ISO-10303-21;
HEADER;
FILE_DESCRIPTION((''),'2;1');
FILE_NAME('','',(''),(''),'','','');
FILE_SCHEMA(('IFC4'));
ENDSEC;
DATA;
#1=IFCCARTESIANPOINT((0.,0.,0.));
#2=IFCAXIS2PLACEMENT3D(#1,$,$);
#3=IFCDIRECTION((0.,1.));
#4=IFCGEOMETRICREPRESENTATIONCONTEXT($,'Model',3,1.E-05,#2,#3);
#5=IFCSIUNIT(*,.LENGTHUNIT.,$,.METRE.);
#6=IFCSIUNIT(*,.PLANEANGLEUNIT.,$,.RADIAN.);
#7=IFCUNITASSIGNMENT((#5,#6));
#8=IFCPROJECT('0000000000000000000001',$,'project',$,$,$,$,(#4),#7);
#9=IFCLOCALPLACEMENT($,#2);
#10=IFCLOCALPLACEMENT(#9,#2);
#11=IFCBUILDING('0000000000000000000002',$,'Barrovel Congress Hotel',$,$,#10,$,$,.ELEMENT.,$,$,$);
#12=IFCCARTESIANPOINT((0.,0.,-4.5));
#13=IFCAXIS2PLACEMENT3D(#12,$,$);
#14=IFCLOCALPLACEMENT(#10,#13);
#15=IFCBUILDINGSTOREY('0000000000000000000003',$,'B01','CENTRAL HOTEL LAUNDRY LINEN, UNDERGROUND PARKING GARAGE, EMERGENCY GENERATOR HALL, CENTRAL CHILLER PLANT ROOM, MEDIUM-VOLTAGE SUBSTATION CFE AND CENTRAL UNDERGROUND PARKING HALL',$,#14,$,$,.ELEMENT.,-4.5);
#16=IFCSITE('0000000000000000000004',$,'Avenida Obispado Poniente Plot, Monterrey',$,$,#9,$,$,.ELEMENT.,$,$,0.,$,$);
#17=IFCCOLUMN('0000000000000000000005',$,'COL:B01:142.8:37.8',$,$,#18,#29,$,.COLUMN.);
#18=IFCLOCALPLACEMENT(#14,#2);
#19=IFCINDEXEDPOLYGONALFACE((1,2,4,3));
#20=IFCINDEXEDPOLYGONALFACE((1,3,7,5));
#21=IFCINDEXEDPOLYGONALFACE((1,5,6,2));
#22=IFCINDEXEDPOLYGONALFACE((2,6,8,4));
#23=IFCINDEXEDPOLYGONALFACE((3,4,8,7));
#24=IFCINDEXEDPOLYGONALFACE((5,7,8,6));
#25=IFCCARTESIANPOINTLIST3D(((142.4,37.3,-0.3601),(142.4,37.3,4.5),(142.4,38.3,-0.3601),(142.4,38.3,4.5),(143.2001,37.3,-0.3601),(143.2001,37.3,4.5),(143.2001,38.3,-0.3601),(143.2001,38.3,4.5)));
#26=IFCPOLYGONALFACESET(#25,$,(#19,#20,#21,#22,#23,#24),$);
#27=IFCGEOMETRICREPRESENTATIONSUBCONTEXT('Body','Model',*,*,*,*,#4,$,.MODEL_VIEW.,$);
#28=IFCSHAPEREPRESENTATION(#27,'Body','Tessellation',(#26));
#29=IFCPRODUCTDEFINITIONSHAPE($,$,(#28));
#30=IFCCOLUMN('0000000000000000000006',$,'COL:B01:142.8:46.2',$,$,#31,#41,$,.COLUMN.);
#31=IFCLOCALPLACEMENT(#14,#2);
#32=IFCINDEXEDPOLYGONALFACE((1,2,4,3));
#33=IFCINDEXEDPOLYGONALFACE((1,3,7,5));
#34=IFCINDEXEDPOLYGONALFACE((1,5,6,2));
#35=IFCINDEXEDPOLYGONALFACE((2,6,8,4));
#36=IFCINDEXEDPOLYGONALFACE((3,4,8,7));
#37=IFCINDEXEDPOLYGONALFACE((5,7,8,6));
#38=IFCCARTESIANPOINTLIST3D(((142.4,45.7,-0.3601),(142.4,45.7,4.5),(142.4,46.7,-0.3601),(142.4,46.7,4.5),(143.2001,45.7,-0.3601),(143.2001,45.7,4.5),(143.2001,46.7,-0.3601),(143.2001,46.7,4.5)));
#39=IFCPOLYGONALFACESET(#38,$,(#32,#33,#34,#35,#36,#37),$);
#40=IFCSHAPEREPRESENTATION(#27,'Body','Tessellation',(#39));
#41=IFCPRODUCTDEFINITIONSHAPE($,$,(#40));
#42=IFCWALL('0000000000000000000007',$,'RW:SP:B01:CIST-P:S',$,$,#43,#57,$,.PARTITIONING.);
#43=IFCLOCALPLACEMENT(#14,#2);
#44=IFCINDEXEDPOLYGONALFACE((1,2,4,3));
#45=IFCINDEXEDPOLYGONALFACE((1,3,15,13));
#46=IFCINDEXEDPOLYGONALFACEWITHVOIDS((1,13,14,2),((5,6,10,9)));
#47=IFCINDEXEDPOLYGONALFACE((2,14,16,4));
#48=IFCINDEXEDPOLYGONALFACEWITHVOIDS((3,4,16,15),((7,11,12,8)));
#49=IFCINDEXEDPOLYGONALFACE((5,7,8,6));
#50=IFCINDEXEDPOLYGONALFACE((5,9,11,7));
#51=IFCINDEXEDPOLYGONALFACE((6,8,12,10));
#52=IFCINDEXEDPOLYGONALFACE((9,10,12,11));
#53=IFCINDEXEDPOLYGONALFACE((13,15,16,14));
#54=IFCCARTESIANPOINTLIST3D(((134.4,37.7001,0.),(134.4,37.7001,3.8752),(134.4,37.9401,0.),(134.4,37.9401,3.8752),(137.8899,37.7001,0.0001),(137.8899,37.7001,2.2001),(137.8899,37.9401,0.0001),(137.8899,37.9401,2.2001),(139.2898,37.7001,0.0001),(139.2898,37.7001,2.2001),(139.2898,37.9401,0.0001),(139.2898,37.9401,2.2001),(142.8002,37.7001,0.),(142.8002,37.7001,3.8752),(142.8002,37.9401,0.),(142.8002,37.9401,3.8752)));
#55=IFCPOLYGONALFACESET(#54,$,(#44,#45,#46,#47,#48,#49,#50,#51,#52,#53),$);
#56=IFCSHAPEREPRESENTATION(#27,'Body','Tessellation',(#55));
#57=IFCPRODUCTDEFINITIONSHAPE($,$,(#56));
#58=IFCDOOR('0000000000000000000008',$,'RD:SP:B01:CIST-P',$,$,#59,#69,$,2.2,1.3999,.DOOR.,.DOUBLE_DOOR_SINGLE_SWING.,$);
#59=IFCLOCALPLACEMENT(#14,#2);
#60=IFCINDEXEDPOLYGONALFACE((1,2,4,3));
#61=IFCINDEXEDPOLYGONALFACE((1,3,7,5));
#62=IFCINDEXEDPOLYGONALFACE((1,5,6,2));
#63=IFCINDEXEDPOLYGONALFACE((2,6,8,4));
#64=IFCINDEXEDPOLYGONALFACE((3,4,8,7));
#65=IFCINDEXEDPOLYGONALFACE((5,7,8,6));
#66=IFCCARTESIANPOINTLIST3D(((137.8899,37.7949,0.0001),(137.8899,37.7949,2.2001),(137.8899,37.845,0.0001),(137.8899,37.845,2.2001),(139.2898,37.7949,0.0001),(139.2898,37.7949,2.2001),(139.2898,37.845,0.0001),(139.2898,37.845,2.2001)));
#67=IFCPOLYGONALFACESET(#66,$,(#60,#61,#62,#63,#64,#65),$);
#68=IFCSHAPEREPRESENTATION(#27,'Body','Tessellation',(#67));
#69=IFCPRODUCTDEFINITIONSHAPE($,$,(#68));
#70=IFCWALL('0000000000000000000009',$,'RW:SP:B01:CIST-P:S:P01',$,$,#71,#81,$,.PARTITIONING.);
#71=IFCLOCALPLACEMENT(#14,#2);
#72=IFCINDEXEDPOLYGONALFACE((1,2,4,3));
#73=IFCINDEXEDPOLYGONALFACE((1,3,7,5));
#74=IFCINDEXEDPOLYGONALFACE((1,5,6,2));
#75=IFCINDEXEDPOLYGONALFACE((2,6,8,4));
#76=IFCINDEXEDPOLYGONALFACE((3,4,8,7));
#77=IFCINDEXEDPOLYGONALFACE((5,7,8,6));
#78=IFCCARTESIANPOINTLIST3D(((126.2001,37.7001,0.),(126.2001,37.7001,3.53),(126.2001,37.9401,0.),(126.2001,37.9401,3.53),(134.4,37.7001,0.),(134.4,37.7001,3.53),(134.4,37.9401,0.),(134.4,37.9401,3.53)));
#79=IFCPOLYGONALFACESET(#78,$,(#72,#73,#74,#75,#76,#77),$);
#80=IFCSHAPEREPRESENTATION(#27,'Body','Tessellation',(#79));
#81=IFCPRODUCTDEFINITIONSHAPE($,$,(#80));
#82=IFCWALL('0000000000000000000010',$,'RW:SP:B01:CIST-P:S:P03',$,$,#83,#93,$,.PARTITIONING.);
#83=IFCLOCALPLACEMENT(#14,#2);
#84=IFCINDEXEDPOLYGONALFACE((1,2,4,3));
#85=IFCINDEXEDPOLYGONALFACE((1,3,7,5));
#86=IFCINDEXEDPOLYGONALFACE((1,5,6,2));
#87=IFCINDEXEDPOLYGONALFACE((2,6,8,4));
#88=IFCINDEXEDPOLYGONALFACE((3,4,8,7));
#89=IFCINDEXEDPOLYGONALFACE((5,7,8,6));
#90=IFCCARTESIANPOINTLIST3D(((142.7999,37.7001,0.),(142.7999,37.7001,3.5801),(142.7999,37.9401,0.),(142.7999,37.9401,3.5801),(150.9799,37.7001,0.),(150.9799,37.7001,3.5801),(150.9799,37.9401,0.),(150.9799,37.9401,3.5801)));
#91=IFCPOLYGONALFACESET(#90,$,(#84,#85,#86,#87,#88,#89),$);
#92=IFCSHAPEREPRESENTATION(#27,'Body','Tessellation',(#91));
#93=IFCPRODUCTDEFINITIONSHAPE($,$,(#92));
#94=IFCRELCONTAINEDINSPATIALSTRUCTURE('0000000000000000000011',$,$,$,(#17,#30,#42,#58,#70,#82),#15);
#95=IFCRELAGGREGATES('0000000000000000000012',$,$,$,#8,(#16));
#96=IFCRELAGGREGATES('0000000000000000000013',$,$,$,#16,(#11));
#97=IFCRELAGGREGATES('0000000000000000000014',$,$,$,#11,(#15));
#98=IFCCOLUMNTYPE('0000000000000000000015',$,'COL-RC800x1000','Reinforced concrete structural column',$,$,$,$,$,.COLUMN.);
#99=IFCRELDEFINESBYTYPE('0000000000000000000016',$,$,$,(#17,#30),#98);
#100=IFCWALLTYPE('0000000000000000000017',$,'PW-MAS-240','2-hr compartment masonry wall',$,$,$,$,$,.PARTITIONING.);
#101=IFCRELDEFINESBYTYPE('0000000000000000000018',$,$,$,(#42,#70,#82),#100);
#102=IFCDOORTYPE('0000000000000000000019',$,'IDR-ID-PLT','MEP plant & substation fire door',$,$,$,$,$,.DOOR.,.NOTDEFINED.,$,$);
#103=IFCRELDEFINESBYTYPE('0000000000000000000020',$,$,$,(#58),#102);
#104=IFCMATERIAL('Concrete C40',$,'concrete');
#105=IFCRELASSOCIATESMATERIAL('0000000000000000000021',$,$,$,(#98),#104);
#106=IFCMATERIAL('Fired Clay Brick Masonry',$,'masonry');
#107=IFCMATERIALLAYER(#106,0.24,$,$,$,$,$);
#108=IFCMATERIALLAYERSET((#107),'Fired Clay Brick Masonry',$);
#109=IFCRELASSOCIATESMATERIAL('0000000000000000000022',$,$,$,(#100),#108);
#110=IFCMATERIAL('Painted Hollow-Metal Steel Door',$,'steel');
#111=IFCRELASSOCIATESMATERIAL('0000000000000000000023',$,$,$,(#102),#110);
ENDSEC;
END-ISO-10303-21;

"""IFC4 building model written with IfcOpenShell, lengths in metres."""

from ifc_helpers import new_model, si_unit, direction, frame, frame_2d, origin, origin_2d, place, context, subcontext, project, spatial, rectangle, extrude, material, layer, layer_set, material_profile, profile_set, type_object, element, fill, save


model = new_model("IFC4")

# Units and contexts
model_context = context("Model", 3, precision=1e-05, world=origin(), true_north=direction((0.0, 1.0)))
body_context = subcontext(model_context, "Body", "Model", "MODEL_VIEW")
ifc_project = project(units=[si_unit("LENGTHUNIT", "METRE"), si_unit("PLANEANGLEUNIT", "RADIAN")], contexts=[model_context])

# Site, building, storey
site_placement = place(None, origin())
site = spatial("IfcSite", under=ifc_project, at=site_placement, Name="Avenida Obispado Poniente Plot, Monterrey", CompositionType="ELEMENT", RefElevation=0.0)
building_placement = place(site_placement, origin())
building = spatial("IfcBuilding", under=site, at=building_placement, Name="Barrovel Congress Hotel", CompositionType="ELEMENT")
storey_placement = place(building_placement, frame((0.0, 0.0, -4.5)))
storey = spatial("IfcBuildingStorey", under=building, at=storey_placement, Name="B01", Description="CENTRAL HOTEL LAUNDRY LINEN, UNDERGROUND PARKING GARAGE, EMERGENCY GENERATOR HALL, CENTRAL CHILLER PLANT ROOM, MEDIUM-VOLTAGE SUBSTATION CFE AND CENTRAL UNDERGROUND PARKING HALL", CompositionType="ELEMENT", Elevation=-4.5)

# Shared definitions
ifc_material_1 = material(Name="Concrete C40", Category="concrete")

# Columns
ifc_material_profile_1 = material_profile(ifc_material_1, rectangle(XDim=0.8, YDim=1.0, at=origin_2d()), Name="RC800x1000")
ifc_profile_set_1 = profile_set([ifc_material_profile_1], Name="Concrete C40")
column_type_1 = type_object("IfcColumnType", Name="COL-RC800x1000", Description="Reinforced concrete structural column", PredefinedType="COLUMN", material=ifc_profile_set_1)
for number, where, z_axis, x_axis, name in (
    (1, (142.8, 37.8, -0.3601), (0.0, 0.0, 1.0), (1.0, 0.0, 0.0), "COL:B01:142.8:37.8"),
    (2, (142.8, 46.2, -0.3601), (0.0, 0.0, 1.0), (1.0, 0.0, 0.0), "COL:B01:142.8:46.2"),
):
    element("IfcColumn", number, at=place(storey_placement, frame(where, z_axis=z_axis, x_axis=x_axis)), inside=storey, type_object=column_type_1, Name=name, PredefinedType="COLUMN", context=body_context, shape_type="SweptSolid", body=[
        extrude(rectangle(XDim=0.8, YDim=1.0, at=origin_2d()), origin(), (0.0, 0.0, 1.0), 4.8601),
    ])

# Wall, opening, door
ifc_material_2 = material(Name="Fired Clay Brick Masonry", Category="masonry")
ifc_layer = layer(ifc_material_2, 0.24)
ifc_layer_set = layer_set([ifc_layer], Name="Fired Clay Brick Masonry")
wall_type = type_object("IfcWallType", Name="PW-MAS-240", Description="2-hr compartment masonry wall", PredefinedType="PARTITIONING", material=ifc_layer_set)
wall_1_placement = place(storey_placement, frame((134.3999, 37.8201, 0.0), z_axis=(0.0, 0.0, 1.0), x_axis=(1.0, 0.0, 0.0)))
wall_1 = element("IfcWall", 3, at=wall_1_placement, inside=storey, type_object=wall_type, Name="RW:SP:B01:CIST-P:S", PredefinedType="PARTITIONING", context=body_context, shape_type="SweptSolid", body=[
    extrude(rectangle(XDim=8.4001, YDim=0.24, at=frame_2d((4.2002, 0.0))), origin(), (0.0, 0.0, 1.0), 3.8752),
])
opening_placement = place(wall_1_placement, frame((3.49, 0.0, 0.0)))
opening = element("IfcOpeningElement", 4, at=opening_placement, cuts=wall_1, PredefinedType="OPENING", context=body_context, shape_type="SweptSolid", body=[
    extrude(rectangle(XDim=1.3999, YDim=2.2, at=frame_2d((0.7, 1.1001))), frame((0.0, 0.1299, 0.0), z_axis=(0.0, -1.0, 0.0), x_axis=(1.0, 0.0, 0.0)), (0.0, 0.0, 1.0), 0.26),
])
ifc_material_3 = material(Name="Painted Hollow-Metal Steel Door", Category="steel")
door_type = type_object("IfcDoorType", Name="IDR-ID-PLT", Description="MEP plant & substation fire door", OperationType="NOTDEFINED", PredefinedType="DOOR", material=ifc_material_3)
door_placement = place(opening_placement, origin())
door = element("IfcDoor", 5, at=door_placement, inside=storey, type_object=door_type, Name="RD:SP:B01:CIST-P", OperationType="DOUBLE_DOOR_SINGLE_SWING", OverallHeight=2.2, OverallWidth=1.3999, PredefinedType="DOOR", context=body_context, shape_type="SweptSolid", body=[
    extrude(rectangle(XDim=1.3999, YDim=2.2, at=frame_2d((0.7, 1.1001))), frame((0.0, 0.0249, 0.0), z_axis=(0.0, -1.0, 0.0), x_axis=(1.0, 0.0, 0.0)), (0.0, 0.0, 1.0), 0.05),
])
fill(opening, door)

# Walls
wall_2_placement = place(storey_placement, frame((126.2, 37.8201, 0.0), z_axis=(0.0, 0.0, 1.0), x_axis=(1.0, 0.0, 0.0)))
element("IfcWall", 6, at=wall_2_placement, inside=storey, type_object=wall_type, Name="RW:SP:B01:CIST-P:S:P01", PredefinedType="PARTITIONING", context=body_context, shape_type="SweptSolid", body=[
    extrude(rectangle(XDim=8.2, YDim=0.24, at=frame_2d((4.1001, 0.0))), origin(), (0.0, 0.0, 1.0), 3.53),
])
wall_3_placement = place(storey_placement, frame((142.8, 37.8201, 0.0), z_axis=(0.0, 0.0, 1.0), x_axis=(1.0, 0.0, 0.0)))
element("IfcWall", 7, at=wall_3_placement, inside=storey, type_object=wall_type, Name="RW:SP:B01:CIST-P:S:P03", PredefinedType="PARTITIONING", context=body_context, shape_type="SweptSolid", body=[
    extrude(rectangle(XDim=8.1799, YDim=0.24, at=frame_2d((4.0898, 0.0))), origin(), (0.0, 0.0, 1.0), 3.5801),
])

save(model, "model.ifc")
